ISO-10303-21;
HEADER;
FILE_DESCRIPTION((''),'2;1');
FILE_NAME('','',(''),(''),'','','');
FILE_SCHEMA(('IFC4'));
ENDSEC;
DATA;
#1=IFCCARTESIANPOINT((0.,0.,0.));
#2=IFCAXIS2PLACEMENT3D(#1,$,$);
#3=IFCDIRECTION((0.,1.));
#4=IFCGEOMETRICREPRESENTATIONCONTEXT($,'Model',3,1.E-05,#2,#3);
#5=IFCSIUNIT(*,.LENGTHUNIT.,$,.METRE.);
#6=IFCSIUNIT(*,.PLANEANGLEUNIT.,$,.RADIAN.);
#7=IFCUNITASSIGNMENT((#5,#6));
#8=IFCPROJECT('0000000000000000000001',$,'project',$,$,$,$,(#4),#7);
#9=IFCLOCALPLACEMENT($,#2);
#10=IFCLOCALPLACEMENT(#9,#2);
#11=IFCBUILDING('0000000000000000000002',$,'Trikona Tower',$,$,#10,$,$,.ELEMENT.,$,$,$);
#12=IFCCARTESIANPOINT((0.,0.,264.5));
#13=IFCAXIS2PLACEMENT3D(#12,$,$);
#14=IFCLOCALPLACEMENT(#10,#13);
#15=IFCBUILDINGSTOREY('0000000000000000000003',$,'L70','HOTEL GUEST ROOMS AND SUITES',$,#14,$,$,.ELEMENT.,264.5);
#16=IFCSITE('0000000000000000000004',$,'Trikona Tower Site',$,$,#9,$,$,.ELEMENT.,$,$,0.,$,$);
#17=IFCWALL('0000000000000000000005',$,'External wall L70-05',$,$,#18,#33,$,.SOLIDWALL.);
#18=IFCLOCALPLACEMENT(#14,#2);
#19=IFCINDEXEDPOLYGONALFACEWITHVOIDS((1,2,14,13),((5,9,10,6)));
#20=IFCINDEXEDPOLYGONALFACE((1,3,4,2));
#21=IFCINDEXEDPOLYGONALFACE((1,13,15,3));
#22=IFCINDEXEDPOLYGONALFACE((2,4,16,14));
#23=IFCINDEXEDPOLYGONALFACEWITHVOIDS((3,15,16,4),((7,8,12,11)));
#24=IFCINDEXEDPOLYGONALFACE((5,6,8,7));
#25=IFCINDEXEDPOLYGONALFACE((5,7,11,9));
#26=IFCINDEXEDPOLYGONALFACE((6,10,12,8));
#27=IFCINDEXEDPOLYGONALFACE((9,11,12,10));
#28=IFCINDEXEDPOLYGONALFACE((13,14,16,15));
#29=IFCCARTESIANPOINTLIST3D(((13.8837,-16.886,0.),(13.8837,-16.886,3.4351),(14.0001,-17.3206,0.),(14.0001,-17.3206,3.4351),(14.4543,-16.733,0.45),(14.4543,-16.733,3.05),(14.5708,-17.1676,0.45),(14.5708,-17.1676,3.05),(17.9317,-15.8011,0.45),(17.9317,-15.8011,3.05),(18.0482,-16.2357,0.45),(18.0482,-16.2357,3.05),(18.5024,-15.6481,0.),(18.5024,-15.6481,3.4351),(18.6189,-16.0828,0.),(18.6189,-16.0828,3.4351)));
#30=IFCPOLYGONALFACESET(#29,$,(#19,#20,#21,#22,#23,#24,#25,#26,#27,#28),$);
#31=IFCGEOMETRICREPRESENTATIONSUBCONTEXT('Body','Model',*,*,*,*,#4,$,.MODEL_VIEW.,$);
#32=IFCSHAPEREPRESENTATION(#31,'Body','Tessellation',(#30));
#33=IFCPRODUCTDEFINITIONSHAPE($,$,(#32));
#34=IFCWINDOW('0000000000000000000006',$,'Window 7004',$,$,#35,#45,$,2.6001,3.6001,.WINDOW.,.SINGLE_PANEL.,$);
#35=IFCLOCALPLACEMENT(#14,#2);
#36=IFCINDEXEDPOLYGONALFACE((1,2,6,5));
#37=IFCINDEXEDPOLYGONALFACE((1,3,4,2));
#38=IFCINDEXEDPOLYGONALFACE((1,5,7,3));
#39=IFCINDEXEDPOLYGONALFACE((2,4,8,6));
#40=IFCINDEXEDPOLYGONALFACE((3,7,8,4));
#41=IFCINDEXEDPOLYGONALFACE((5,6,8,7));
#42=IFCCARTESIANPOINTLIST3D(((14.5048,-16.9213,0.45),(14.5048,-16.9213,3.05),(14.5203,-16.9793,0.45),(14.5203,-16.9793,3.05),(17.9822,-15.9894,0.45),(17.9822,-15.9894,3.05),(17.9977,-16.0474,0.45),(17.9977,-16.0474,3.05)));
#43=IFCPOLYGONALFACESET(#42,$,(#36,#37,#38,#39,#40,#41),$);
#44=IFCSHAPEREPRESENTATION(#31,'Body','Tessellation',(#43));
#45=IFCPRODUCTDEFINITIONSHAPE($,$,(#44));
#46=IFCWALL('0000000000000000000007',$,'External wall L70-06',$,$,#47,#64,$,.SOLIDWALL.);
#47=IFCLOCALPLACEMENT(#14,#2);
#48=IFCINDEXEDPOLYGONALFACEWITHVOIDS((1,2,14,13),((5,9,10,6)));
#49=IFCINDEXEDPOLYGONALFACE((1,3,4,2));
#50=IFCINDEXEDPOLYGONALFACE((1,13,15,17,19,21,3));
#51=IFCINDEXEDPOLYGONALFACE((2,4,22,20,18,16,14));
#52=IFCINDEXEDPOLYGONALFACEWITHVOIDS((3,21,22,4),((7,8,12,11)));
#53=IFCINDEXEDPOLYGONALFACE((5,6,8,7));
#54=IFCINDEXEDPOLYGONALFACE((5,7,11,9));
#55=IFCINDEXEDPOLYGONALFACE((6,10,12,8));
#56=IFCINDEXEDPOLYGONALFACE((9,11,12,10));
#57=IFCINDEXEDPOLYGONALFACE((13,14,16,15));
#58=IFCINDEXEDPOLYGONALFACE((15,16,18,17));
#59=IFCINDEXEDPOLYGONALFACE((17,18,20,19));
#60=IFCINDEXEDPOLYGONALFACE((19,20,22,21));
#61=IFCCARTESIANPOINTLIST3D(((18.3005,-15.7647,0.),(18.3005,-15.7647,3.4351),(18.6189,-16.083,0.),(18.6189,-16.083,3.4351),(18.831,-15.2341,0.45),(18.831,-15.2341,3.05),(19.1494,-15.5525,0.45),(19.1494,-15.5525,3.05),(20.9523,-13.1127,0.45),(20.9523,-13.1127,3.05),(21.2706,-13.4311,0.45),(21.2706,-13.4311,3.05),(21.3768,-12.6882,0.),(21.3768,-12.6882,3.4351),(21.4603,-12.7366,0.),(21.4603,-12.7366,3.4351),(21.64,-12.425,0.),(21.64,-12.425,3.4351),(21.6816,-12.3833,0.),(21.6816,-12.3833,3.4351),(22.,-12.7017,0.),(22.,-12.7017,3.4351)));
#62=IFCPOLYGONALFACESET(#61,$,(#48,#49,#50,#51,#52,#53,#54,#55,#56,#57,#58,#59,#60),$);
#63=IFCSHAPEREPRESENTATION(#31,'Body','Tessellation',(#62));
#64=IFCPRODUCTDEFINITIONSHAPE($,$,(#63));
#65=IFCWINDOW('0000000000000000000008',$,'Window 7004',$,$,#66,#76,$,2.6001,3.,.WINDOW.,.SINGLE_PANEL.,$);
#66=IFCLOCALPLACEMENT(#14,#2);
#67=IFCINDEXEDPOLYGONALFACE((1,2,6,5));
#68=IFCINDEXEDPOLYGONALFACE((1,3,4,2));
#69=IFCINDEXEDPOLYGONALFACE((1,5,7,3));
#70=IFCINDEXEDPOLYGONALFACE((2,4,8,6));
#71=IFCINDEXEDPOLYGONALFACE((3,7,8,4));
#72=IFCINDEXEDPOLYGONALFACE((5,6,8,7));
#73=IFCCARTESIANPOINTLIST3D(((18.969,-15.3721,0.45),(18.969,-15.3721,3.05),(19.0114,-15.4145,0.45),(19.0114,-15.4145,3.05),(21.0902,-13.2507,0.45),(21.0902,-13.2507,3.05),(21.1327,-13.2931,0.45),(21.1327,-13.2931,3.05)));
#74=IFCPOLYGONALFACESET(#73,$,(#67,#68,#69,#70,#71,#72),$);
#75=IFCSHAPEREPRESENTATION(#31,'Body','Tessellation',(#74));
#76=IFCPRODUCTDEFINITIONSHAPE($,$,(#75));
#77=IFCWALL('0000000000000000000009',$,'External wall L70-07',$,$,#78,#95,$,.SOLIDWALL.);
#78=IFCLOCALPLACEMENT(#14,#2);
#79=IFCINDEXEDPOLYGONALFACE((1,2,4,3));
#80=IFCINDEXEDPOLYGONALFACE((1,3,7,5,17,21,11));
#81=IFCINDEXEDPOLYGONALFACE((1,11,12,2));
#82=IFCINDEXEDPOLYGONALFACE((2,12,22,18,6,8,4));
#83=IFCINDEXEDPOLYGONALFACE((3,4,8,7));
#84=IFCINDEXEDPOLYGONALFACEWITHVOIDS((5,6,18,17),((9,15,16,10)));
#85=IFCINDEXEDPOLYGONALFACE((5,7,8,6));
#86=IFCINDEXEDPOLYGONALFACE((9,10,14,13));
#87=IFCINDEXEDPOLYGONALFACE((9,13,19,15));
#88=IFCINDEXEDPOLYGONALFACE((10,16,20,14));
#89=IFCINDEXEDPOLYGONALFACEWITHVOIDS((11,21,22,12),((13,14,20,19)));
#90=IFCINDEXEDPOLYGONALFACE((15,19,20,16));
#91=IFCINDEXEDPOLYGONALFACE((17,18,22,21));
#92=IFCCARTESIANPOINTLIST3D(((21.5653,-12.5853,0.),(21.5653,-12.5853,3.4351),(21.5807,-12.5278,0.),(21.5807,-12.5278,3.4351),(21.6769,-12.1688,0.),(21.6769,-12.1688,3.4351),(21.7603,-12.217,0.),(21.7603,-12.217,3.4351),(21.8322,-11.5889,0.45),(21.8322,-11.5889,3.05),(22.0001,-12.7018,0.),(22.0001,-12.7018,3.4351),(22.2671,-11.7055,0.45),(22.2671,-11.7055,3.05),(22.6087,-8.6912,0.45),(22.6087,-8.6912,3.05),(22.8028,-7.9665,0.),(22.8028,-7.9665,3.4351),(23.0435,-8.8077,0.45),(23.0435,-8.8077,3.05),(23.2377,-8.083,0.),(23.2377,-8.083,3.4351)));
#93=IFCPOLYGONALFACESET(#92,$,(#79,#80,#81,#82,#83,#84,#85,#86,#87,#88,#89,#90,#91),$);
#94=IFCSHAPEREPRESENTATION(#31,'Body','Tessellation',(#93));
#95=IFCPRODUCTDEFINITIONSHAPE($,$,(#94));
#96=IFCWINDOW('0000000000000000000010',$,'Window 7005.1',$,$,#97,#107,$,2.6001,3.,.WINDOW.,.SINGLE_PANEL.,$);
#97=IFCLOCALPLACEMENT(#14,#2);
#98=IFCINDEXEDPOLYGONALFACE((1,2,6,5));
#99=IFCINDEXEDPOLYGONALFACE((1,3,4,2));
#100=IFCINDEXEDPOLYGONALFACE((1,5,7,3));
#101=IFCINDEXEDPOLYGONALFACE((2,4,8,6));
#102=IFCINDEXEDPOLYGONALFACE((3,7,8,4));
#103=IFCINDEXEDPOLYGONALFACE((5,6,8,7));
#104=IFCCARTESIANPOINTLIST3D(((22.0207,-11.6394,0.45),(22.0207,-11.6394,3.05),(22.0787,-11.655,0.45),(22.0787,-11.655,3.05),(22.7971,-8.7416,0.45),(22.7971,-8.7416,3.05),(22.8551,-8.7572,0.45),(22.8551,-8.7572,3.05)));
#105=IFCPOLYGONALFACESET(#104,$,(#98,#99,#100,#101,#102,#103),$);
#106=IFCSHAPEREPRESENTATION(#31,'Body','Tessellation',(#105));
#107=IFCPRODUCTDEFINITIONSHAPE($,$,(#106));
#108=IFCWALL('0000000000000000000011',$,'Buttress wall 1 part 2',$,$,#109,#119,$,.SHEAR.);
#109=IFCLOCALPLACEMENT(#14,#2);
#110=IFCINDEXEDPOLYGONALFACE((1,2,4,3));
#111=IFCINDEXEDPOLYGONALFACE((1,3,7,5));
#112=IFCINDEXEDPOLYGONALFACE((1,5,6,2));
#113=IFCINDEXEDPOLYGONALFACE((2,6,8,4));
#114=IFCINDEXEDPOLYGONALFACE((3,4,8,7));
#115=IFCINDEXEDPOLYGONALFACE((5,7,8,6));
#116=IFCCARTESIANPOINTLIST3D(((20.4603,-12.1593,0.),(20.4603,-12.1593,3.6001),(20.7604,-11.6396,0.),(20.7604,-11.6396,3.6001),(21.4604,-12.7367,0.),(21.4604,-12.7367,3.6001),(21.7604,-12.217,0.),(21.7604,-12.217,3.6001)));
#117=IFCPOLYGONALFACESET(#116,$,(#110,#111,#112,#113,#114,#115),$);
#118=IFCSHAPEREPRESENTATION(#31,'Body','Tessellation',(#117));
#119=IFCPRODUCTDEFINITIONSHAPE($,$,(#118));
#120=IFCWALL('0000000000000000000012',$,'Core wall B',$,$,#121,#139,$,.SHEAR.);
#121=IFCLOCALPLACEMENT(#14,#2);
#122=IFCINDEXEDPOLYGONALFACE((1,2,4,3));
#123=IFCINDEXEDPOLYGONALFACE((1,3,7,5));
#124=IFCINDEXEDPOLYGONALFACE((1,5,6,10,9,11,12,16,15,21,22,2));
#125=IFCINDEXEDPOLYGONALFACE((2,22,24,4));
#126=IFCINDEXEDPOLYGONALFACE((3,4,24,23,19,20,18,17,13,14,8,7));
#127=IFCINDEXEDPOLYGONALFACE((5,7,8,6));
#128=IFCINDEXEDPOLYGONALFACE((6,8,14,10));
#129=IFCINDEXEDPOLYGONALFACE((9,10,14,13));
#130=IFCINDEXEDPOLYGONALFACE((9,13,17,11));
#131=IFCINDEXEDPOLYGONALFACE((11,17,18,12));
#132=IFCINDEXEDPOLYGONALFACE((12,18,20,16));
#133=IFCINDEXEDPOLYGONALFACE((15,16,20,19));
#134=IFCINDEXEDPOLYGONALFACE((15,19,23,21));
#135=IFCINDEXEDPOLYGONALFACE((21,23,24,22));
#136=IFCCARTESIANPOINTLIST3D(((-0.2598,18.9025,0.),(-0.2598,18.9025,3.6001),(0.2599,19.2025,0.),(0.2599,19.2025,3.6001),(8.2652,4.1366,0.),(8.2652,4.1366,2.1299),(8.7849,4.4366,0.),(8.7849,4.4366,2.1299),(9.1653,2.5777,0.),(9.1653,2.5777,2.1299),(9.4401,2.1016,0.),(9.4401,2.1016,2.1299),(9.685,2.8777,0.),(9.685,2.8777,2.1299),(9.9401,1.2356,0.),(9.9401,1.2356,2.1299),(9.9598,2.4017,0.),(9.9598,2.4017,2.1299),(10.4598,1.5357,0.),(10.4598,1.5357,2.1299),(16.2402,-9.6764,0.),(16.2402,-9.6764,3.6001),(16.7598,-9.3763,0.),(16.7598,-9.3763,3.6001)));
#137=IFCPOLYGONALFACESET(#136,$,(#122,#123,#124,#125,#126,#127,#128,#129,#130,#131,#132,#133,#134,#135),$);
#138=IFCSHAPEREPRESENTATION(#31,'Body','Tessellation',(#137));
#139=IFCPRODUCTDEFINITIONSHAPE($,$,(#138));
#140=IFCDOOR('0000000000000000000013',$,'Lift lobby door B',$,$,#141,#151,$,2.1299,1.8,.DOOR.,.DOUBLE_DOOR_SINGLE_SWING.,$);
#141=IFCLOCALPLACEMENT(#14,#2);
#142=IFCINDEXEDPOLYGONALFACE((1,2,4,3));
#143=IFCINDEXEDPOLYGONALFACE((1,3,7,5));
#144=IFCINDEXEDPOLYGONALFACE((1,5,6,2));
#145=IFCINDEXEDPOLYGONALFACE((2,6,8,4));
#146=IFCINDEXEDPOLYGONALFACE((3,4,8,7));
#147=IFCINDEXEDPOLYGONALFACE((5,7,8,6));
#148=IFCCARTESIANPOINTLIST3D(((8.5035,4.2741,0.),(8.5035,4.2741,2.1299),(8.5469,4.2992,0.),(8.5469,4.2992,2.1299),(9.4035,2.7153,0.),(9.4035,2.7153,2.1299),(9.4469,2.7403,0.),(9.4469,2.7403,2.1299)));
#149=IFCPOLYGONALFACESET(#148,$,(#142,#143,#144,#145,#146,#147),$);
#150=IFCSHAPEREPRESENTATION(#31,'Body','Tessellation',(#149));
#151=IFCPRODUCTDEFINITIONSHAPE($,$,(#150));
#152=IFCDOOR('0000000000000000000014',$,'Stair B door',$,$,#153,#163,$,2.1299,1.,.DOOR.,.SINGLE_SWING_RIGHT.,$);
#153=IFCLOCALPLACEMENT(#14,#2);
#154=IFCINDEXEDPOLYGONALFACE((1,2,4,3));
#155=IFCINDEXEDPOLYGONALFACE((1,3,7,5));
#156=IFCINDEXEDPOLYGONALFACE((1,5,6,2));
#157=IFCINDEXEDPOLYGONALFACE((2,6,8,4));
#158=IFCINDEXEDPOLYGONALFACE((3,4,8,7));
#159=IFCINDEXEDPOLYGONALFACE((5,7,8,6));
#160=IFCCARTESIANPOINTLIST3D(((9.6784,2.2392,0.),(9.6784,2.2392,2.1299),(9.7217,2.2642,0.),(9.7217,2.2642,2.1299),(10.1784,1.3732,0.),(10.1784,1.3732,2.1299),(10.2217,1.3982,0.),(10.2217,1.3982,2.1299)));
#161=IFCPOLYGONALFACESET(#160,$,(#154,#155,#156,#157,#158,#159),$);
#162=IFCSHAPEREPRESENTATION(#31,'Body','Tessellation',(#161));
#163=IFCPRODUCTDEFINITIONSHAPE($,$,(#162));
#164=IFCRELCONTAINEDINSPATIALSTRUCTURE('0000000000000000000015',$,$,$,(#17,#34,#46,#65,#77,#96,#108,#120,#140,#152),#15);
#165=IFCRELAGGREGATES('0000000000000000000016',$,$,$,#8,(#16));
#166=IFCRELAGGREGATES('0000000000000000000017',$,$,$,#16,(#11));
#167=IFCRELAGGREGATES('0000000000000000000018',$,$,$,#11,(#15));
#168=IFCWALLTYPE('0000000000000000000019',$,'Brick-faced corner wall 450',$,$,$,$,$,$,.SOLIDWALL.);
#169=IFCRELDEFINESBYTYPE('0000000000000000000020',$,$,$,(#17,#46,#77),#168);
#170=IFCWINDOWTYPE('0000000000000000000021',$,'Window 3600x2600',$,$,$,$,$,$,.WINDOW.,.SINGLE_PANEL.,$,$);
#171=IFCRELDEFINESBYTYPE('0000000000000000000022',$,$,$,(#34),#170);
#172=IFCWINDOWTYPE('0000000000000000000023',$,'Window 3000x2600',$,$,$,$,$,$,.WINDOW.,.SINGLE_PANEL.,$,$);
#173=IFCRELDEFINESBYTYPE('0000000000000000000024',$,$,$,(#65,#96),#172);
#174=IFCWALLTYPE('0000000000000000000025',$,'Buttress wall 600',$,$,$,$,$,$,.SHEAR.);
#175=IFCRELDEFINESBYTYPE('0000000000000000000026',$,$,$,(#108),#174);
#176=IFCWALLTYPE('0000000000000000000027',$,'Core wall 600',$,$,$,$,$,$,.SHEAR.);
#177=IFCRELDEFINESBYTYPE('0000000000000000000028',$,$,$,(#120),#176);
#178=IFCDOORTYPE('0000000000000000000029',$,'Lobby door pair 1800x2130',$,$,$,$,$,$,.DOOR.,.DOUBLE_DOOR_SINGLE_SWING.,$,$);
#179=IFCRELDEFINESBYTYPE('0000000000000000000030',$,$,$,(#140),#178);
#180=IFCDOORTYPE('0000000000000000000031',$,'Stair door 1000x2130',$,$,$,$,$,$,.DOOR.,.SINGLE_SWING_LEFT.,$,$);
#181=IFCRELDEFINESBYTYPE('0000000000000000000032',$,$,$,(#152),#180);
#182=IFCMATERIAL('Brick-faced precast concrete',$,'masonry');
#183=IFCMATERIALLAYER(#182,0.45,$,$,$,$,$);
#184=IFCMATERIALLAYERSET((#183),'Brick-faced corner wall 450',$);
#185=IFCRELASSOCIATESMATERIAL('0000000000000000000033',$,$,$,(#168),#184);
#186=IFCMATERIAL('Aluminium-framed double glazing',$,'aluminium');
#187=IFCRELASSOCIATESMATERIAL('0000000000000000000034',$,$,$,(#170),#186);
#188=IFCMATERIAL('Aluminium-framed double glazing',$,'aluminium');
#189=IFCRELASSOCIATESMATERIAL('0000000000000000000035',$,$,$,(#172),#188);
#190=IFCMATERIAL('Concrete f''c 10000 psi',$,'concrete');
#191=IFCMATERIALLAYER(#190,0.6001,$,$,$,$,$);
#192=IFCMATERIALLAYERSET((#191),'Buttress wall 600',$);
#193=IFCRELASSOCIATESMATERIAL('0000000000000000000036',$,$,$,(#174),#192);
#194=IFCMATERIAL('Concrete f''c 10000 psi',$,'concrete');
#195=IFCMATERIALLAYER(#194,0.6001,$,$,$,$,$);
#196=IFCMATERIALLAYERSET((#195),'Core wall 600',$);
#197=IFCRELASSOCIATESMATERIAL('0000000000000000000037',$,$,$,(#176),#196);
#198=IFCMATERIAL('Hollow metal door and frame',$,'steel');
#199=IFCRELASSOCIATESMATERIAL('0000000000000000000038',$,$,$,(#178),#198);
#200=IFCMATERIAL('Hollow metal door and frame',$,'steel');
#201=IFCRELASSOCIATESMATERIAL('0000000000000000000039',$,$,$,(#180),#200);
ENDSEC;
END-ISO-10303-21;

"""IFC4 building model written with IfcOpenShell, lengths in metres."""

from ifc_helpers import new_model, si_unit, direction, frame, frame_2d, origin, place, context, subcontext, project, spatial, polyline, rectangle, outline, extrude, material, layer, layer_set, type_object, element, fill, save


model = new_model("IFC4")

# Units and contexts
model_context = context("Model", 3, precision=1e-05, world=origin(), true_north=direction((0.0, 1.0)))
body_context = subcontext(model_context, "Body", "Model", "MODEL_VIEW")
ifc_project = project(units=[si_unit("LENGTHUNIT", "METRE"), si_unit("PLANEANGLEUNIT", "RADIAN")], contexts=[model_context])

# Site, building, storey
site_placement = place(None, origin())
site = spatial("IfcSite", under=ifc_project, at=site_placement, Name="Trikona Tower Site", CompositionType="ELEMENT", RefElevation=0.0)
building_placement = place(site_placement, origin())
building = spatial("IfcBuilding", under=site, at=building_placement, Name="Trikona Tower", CompositionType="ELEMENT")
storey_placement = place(building_placement, frame((0.0, 0.0, 264.5)))
storey = spatial("IfcBuildingStorey", under=building, at=storey_placement, Name="L70", Description="HOTEL GUEST ROOMS AND SUITES", CompositionType="ELEMENT", Elevation=264.5)

# Walls, openings, windows
ifc_material_1 = material(Name="Brick-faced precast concrete", Category="masonry")
ifc_layer_1 = layer(ifc_material_1, 0.45)
ifc_layer_set_1 = layer_set([ifc_layer_1], Name="Brick-faced corner wall 450")
wall_type_1 = type_object("IfcWallType", Name="Brick-faced corner wall 450", PredefinedType="SOLIDWALL", material=ifc_layer_set_1)
wall_1_placement = place(storey_placement, frame((13.9419, -17.1033, 0.0), z_axis=(0.0, 0.0, 1.0), x_axis=(0.965914, 0.258864, 0.0)))
wall_1 = element("IfcWall", 1, at=wall_1_placement, inside=storey, type_object=wall_type_1, Name="External wall L70-05", PredefinedType="SOLIDWALL", context=body_context, shape_type="SweptSolid", body=[
    extrude(rectangle(XDim=4.7817, YDim=0.45, at=frame_2d((2.3909, 0.0))), origin(), (0.0, 0.0, 1.0), 3.4351),
])
opening_1_placement = place(wall_1_placement, frame((0.5908, 0.0, 0.45)))
opening_1 = element("IfcOpeningElement", 2, at=opening_1_placement, cuts=wall_1, PredefinedType="OPENING", context=body_context, shape_type="SweptSolid", body=[
    extrude(rectangle(XDim=3.6001, YDim=2.6001, at=frame_2d((1.8, 1.3))), frame((0.0, 0.2349, 0.0), z_axis=(0.0, -1.0, 0.0), x_axis=(1.0, 0.0, 0.0)), (0.0, 0.0, 1.0), 0.47),
])
ifc_material_2 = material(Name="Aluminium-framed double glazing", Category="aluminium")
window_type_1 = type_object("IfcWindowType", Name="Window 3600x2600", PartitioningType="SINGLE_PANEL", PredefinedType="WINDOW", material=ifc_material_2)
window_1_placement = place(opening_1_placement, origin())
window_1 = element("IfcWindow", 3, at=window_1_placement, inside=storey, type_object=window_type_1, Name="Window 7004", OverallHeight=2.6001, OverallWidth=3.6001, PartitioningType="SINGLE_PANEL", PredefinedType="WINDOW", context=body_context, shape_type="SweptSolid", body=[
    extrude(rectangle(XDim=3.6001, YDim=2.6001, at=frame_2d((1.8, 1.3))), frame((0.0, 0.03, 0.0), z_axis=(0.0, -1.0, 0.0), x_axis=(1.0, 0.0, 0.0)), (0.0, 0.0, 1.0), 0.0601),
])
fill(opening_1, window_1)
wall_2_placement = place(storey_placement, frame((18.4597, -15.9238, 0.0), z_axis=(0.0, 0.0, 1.0), x_axis=(0.707081, 0.707132, 0.0)))
wall_2 = element("IfcWall", 4, at=wall_2_placement, inside=storey, type_object=wall_type_1, Name="External wall L70-06", PredefinedType="SOLIDWALL", context=body_context, shape_type="SweptSolid", body=[
    extrude(outline(polyline([(4.7817, 0.2251), (4.7229, 0.2251), (4.3755, 0.1318), (4.3506, 0.2251), (0.0, 0.2251), (0.0, -0.2251), (4.7817, -0.2251), (4.7817, 0.2251)])), origin(), (0.0, 0.0, 1.0), 3.4351),
])
opening_2_placement = place(wall_2_placement, frame((0.7502, 0.0, 0.45)))
opening_2 = element("IfcOpeningElement", 5, at=opening_2_placement, cuts=wall_2, PredefinedType="OPENING", context=body_context, shape_type="SweptSolid", body=[
    extrude(rectangle(XDim=3.0, YDim=2.6001, at=frame_2d((1.5, 1.3))), frame((0.0, 0.2349, 0.0), z_axis=(0.0, -1.0, 0.0), x_axis=(1.0, 0.0, 0.0)), (0.0, 0.0, 1.0), 0.47),
])
ifc_material_3 = material(Name="Aluminium-framed double glazing", Category="aluminium")
window_type_2 = type_object("IfcWindowType", Name="Window 3000x2600", PartitioningType="SINGLE_PANEL", PredefinedType="WINDOW", material=ifc_material_3)
window_2_placement = place(opening_2_placement, origin())
window_2 = element("IfcWindow", 6, at=window_2_placement, inside=storey, type_object=window_type_2, Name="Window 7004", OverallHeight=2.6001, OverallWidth=3.0, PartitioningType="SINGLE_PANEL", PredefinedType="WINDOW", context=body_context, shape_type="SweptSolid", body=[
    extrude(rectangle(XDim=3.0, YDim=2.6001, at=frame_2d((1.5, 1.3))), frame((0.0, 0.03, 0.0), z_axis=(0.0, -1.0, 0.0), x_axis=(1.0, 0.0, 0.0)), (0.0, 0.0, 1.0), 0.0601),
])
fill(opening_2, window_2)
wall_3_placement = place(storey_placement, frame((21.7827, -12.6436, 0.0), z_axis=(0.0, 0.0, 1.0), x_axis=(0.258803, 0.96593, 0.0)))
wall_3 = element("IfcWall", 7, at=wall_3_placement, inside=storey, type_object=wall_type_1, Name="External wall L70-07", PredefinedType="SOLIDWALL", context=body_context, shape_type="SweptSolid", body=[
    extrude(outline(polyline([(4.7817, 0.2251), (0.4312, 0.2251), (0.4062, 0.1321), (0.0596, 0.2251), (0.0, 0.2251), (0.0, -0.2251), (4.7817, -0.2251), (4.7817, 0.2251)])), origin(), (0.0, 0.0, 1.0), 3.4351),
])
opening_3_placement = place(wall_3_placement, frame((1.0315, 0.0, 0.45)))
opening_3 = element("IfcOpeningElement", 8, at=opening_3_placement, cuts=wall_3, PredefinedType="OPENING", context=body_context, shape_type="SweptSolid", body=[
    extrude(rectangle(XDim=3.0, YDim=2.6001, at=frame_2d((1.5, 1.3))), frame((0.0, 0.2349, 0.0), z_axis=(0.0, -1.0, 0.0), x_axis=(1.0, 0.0, 0.0)), (0.0, 0.0, 1.0), 0.47),
])
window_3_placement = place(opening_3_placement, origin())
window_3 = element("IfcWindow", 9, at=window_3_placement, inside=storey, type_object=window_type_2, Name="Window 7005.1", OverallHeight=2.6001, OverallWidth=3.0, PartitioningType="SINGLE_PANEL", PredefinedType="WINDOW", context=body_context, shape_type="SweptSolid", body=[
    extrude(rectangle(XDim=3.0, YDim=2.6001, at=frame_2d((1.5, 1.3))), frame((0.0, 0.03, 0.0), z_axis=(0.0, -1.0, 0.0), x_axis=(1.0, 0.0, 0.0)), (0.0, 0.0, 1.0), 0.0601),
])
fill(opening_3, window_3)

# Wall
ifc_material_4 = material(Name="Concrete f'c 10000 psi", Category="concrete")
ifc_layer_2 = layer(ifc_material_4, 0.6001)
ifc_layer_set_2 = layer_set([ifc_layer_2], Name="Buttress wall 600")
wall_type_2 = type_object("IfcWallType", Name="Buttress wall 600", PredefinedType="SHEAR", material=ifc_layer_set_2)
wall_4_placement = place(storey_placement, frame((20.6104, -11.8994, 0.0), z_axis=(0.0, 0.0, 1.0), x_axis=(0.86601, -0.500027, 0.0)))
element("IfcWall", 10, at=wall_4_placement, inside=storey, type_object=wall_type_2, Name="Buttress wall 1 part 2", PredefinedType="SHEAR", context=body_context, shape_type="SweptSolid", body=[
    extrude(rectangle(XDim=1.1548, YDim=0.6001, at=frame_2d((0.5774, 0.0))), origin(), (0.0, 0.0, 1.0), 3.6001),
])

# Wall, openings, doors
ifc_material_5 = material(Name="Concrete f'c 10000 psi", Category="concrete")
ifc_layer_3 = layer(ifc_material_5, 0.6001)
ifc_layer_set_3 = layer_set([ifc_layer_3], Name="Core wall 600")
wall_type_3 = type_object("IfcWallType", Name="Core wall 600", PredefinedType="SHEAR", material=ifc_layer_set_3)
wall_5_placement = place(storey_placement, frame((16.5, -9.5264, 0.0), z_axis=(0.0, 0.0, 1.0), x_axis=(-0.5, 0.866026, 0.0)))
wall_5 = element("IfcWall", 11, at=wall_5_placement, inside=storey, type_object=wall_type_3, Name="Core wall B", PredefinedType="SHEAR", context=body_context, shape_type="SweptSolid", body=[
    extrude(rectangle(XDim=33.0, YDim=0.6001, at=frame_2d((16.5, 0.0))), origin(), (0.0, 0.0, 1.0), 3.6001),
])
opening_4_placement = place(wall_5_placement, frame((14.1499, 0.0, 0.0)))
opening_4 = element("IfcOpeningElement", 12, at=opening_4_placement, cuts=wall_5, PredefinedType="OPENING", context=body_context, shape_type="SweptSolid", body=[
    extrude(rectangle(XDim=1.8, YDim=2.1299, at=frame_2d((0.8999, 1.0649))), frame((0.0, 0.3101, 0.0), z_axis=(0.0, -1.0, 0.0), x_axis=(1.0, 0.0, 0.0)), (0.0, 0.0, 1.0), 0.6201),
])
opening_5_placement = place(wall_5_placement, frame((12.6001, 0.0, 0.0)))
opening_5 = element("IfcOpeningElement", 13, at=opening_5_placement, cuts=wall_5, PredefinedType="OPENING", context=body_context, shape_type="SweptSolid", body=[
    extrude(rectangle(XDim=1.0, YDim=2.1299, at=frame_2d((0.5, 1.0649))), frame((0.0, 0.3101, 0.0), z_axis=(0.0, -1.0, 0.0), x_axis=(1.0, 0.0, 0.0)), (0.0, 0.0, 1.0), 0.6201),
])
ifc_material_6 = material(Name="Hollow metal door and frame", Category="steel")
door_type_1 = type_object("IfcDoorType", Name="Lobby door pair 1800x2130", OperationType="DOUBLE_DOOR_SINGLE_SWING", PredefinedType="DOOR", material=ifc_material_6)
door_1_placement = place(opening_4_placement, origin())
door_1 = element("IfcDoor", 14, at=door_1_placement, inside=storey, type_object=door_type_1, Name="Lift lobby door B", OperationType="DOUBLE_DOOR_SINGLE_SWING", OverallHeight=2.1299, OverallWidth=1.8, PredefinedType="DOOR", context=body_context, shape_type="SweptSolid", body=[
    extrude(rectangle(XDim=1.8, YDim=2.1299, at=frame_2d((0.8999, 1.0649))), frame((0.0, 0.0249, 0.0), z_axis=(0.0, -1.0, 0.0), x_axis=(1.0, 0.0, 0.0)), (0.0, 0.0, 1.0), 0.05),
])
fill(opening_4, door_1)
ifc_material_7 = material(Name="Hollow metal door and frame", Category="steel")
door_type_2 = type_object("IfcDoorType", Name="Stair door 1000x2130", OperationType="SINGLE_SWING_LEFT", PredefinedType="DOOR", material=ifc_material_7)
door_2_placement = place(opening_5_placement, origin())
door_2 = element("IfcDoor", 15, at=door_2_placement, inside=storey, type_object=door_type_2, Name="Stair B door", OperationType="SINGLE_SWING_RIGHT", OverallHeight=2.1299, OverallWidth=1.0, PredefinedType="DOOR", context=body_context, shape_type="SweptSolid", body=[
    extrude(rectangle(XDim=1.0, YDim=2.1299, at=frame_2d((0.5, 1.0649))), frame((0.0, 0.0249, 0.0), z_axis=(0.0, -1.0, 0.0), x_axis=(1.0, 0.0, 0.0)), (0.0, 0.0, 1.0), 0.05),
])
fill(opening_5, door_2)

save(model, "model.ifc")
